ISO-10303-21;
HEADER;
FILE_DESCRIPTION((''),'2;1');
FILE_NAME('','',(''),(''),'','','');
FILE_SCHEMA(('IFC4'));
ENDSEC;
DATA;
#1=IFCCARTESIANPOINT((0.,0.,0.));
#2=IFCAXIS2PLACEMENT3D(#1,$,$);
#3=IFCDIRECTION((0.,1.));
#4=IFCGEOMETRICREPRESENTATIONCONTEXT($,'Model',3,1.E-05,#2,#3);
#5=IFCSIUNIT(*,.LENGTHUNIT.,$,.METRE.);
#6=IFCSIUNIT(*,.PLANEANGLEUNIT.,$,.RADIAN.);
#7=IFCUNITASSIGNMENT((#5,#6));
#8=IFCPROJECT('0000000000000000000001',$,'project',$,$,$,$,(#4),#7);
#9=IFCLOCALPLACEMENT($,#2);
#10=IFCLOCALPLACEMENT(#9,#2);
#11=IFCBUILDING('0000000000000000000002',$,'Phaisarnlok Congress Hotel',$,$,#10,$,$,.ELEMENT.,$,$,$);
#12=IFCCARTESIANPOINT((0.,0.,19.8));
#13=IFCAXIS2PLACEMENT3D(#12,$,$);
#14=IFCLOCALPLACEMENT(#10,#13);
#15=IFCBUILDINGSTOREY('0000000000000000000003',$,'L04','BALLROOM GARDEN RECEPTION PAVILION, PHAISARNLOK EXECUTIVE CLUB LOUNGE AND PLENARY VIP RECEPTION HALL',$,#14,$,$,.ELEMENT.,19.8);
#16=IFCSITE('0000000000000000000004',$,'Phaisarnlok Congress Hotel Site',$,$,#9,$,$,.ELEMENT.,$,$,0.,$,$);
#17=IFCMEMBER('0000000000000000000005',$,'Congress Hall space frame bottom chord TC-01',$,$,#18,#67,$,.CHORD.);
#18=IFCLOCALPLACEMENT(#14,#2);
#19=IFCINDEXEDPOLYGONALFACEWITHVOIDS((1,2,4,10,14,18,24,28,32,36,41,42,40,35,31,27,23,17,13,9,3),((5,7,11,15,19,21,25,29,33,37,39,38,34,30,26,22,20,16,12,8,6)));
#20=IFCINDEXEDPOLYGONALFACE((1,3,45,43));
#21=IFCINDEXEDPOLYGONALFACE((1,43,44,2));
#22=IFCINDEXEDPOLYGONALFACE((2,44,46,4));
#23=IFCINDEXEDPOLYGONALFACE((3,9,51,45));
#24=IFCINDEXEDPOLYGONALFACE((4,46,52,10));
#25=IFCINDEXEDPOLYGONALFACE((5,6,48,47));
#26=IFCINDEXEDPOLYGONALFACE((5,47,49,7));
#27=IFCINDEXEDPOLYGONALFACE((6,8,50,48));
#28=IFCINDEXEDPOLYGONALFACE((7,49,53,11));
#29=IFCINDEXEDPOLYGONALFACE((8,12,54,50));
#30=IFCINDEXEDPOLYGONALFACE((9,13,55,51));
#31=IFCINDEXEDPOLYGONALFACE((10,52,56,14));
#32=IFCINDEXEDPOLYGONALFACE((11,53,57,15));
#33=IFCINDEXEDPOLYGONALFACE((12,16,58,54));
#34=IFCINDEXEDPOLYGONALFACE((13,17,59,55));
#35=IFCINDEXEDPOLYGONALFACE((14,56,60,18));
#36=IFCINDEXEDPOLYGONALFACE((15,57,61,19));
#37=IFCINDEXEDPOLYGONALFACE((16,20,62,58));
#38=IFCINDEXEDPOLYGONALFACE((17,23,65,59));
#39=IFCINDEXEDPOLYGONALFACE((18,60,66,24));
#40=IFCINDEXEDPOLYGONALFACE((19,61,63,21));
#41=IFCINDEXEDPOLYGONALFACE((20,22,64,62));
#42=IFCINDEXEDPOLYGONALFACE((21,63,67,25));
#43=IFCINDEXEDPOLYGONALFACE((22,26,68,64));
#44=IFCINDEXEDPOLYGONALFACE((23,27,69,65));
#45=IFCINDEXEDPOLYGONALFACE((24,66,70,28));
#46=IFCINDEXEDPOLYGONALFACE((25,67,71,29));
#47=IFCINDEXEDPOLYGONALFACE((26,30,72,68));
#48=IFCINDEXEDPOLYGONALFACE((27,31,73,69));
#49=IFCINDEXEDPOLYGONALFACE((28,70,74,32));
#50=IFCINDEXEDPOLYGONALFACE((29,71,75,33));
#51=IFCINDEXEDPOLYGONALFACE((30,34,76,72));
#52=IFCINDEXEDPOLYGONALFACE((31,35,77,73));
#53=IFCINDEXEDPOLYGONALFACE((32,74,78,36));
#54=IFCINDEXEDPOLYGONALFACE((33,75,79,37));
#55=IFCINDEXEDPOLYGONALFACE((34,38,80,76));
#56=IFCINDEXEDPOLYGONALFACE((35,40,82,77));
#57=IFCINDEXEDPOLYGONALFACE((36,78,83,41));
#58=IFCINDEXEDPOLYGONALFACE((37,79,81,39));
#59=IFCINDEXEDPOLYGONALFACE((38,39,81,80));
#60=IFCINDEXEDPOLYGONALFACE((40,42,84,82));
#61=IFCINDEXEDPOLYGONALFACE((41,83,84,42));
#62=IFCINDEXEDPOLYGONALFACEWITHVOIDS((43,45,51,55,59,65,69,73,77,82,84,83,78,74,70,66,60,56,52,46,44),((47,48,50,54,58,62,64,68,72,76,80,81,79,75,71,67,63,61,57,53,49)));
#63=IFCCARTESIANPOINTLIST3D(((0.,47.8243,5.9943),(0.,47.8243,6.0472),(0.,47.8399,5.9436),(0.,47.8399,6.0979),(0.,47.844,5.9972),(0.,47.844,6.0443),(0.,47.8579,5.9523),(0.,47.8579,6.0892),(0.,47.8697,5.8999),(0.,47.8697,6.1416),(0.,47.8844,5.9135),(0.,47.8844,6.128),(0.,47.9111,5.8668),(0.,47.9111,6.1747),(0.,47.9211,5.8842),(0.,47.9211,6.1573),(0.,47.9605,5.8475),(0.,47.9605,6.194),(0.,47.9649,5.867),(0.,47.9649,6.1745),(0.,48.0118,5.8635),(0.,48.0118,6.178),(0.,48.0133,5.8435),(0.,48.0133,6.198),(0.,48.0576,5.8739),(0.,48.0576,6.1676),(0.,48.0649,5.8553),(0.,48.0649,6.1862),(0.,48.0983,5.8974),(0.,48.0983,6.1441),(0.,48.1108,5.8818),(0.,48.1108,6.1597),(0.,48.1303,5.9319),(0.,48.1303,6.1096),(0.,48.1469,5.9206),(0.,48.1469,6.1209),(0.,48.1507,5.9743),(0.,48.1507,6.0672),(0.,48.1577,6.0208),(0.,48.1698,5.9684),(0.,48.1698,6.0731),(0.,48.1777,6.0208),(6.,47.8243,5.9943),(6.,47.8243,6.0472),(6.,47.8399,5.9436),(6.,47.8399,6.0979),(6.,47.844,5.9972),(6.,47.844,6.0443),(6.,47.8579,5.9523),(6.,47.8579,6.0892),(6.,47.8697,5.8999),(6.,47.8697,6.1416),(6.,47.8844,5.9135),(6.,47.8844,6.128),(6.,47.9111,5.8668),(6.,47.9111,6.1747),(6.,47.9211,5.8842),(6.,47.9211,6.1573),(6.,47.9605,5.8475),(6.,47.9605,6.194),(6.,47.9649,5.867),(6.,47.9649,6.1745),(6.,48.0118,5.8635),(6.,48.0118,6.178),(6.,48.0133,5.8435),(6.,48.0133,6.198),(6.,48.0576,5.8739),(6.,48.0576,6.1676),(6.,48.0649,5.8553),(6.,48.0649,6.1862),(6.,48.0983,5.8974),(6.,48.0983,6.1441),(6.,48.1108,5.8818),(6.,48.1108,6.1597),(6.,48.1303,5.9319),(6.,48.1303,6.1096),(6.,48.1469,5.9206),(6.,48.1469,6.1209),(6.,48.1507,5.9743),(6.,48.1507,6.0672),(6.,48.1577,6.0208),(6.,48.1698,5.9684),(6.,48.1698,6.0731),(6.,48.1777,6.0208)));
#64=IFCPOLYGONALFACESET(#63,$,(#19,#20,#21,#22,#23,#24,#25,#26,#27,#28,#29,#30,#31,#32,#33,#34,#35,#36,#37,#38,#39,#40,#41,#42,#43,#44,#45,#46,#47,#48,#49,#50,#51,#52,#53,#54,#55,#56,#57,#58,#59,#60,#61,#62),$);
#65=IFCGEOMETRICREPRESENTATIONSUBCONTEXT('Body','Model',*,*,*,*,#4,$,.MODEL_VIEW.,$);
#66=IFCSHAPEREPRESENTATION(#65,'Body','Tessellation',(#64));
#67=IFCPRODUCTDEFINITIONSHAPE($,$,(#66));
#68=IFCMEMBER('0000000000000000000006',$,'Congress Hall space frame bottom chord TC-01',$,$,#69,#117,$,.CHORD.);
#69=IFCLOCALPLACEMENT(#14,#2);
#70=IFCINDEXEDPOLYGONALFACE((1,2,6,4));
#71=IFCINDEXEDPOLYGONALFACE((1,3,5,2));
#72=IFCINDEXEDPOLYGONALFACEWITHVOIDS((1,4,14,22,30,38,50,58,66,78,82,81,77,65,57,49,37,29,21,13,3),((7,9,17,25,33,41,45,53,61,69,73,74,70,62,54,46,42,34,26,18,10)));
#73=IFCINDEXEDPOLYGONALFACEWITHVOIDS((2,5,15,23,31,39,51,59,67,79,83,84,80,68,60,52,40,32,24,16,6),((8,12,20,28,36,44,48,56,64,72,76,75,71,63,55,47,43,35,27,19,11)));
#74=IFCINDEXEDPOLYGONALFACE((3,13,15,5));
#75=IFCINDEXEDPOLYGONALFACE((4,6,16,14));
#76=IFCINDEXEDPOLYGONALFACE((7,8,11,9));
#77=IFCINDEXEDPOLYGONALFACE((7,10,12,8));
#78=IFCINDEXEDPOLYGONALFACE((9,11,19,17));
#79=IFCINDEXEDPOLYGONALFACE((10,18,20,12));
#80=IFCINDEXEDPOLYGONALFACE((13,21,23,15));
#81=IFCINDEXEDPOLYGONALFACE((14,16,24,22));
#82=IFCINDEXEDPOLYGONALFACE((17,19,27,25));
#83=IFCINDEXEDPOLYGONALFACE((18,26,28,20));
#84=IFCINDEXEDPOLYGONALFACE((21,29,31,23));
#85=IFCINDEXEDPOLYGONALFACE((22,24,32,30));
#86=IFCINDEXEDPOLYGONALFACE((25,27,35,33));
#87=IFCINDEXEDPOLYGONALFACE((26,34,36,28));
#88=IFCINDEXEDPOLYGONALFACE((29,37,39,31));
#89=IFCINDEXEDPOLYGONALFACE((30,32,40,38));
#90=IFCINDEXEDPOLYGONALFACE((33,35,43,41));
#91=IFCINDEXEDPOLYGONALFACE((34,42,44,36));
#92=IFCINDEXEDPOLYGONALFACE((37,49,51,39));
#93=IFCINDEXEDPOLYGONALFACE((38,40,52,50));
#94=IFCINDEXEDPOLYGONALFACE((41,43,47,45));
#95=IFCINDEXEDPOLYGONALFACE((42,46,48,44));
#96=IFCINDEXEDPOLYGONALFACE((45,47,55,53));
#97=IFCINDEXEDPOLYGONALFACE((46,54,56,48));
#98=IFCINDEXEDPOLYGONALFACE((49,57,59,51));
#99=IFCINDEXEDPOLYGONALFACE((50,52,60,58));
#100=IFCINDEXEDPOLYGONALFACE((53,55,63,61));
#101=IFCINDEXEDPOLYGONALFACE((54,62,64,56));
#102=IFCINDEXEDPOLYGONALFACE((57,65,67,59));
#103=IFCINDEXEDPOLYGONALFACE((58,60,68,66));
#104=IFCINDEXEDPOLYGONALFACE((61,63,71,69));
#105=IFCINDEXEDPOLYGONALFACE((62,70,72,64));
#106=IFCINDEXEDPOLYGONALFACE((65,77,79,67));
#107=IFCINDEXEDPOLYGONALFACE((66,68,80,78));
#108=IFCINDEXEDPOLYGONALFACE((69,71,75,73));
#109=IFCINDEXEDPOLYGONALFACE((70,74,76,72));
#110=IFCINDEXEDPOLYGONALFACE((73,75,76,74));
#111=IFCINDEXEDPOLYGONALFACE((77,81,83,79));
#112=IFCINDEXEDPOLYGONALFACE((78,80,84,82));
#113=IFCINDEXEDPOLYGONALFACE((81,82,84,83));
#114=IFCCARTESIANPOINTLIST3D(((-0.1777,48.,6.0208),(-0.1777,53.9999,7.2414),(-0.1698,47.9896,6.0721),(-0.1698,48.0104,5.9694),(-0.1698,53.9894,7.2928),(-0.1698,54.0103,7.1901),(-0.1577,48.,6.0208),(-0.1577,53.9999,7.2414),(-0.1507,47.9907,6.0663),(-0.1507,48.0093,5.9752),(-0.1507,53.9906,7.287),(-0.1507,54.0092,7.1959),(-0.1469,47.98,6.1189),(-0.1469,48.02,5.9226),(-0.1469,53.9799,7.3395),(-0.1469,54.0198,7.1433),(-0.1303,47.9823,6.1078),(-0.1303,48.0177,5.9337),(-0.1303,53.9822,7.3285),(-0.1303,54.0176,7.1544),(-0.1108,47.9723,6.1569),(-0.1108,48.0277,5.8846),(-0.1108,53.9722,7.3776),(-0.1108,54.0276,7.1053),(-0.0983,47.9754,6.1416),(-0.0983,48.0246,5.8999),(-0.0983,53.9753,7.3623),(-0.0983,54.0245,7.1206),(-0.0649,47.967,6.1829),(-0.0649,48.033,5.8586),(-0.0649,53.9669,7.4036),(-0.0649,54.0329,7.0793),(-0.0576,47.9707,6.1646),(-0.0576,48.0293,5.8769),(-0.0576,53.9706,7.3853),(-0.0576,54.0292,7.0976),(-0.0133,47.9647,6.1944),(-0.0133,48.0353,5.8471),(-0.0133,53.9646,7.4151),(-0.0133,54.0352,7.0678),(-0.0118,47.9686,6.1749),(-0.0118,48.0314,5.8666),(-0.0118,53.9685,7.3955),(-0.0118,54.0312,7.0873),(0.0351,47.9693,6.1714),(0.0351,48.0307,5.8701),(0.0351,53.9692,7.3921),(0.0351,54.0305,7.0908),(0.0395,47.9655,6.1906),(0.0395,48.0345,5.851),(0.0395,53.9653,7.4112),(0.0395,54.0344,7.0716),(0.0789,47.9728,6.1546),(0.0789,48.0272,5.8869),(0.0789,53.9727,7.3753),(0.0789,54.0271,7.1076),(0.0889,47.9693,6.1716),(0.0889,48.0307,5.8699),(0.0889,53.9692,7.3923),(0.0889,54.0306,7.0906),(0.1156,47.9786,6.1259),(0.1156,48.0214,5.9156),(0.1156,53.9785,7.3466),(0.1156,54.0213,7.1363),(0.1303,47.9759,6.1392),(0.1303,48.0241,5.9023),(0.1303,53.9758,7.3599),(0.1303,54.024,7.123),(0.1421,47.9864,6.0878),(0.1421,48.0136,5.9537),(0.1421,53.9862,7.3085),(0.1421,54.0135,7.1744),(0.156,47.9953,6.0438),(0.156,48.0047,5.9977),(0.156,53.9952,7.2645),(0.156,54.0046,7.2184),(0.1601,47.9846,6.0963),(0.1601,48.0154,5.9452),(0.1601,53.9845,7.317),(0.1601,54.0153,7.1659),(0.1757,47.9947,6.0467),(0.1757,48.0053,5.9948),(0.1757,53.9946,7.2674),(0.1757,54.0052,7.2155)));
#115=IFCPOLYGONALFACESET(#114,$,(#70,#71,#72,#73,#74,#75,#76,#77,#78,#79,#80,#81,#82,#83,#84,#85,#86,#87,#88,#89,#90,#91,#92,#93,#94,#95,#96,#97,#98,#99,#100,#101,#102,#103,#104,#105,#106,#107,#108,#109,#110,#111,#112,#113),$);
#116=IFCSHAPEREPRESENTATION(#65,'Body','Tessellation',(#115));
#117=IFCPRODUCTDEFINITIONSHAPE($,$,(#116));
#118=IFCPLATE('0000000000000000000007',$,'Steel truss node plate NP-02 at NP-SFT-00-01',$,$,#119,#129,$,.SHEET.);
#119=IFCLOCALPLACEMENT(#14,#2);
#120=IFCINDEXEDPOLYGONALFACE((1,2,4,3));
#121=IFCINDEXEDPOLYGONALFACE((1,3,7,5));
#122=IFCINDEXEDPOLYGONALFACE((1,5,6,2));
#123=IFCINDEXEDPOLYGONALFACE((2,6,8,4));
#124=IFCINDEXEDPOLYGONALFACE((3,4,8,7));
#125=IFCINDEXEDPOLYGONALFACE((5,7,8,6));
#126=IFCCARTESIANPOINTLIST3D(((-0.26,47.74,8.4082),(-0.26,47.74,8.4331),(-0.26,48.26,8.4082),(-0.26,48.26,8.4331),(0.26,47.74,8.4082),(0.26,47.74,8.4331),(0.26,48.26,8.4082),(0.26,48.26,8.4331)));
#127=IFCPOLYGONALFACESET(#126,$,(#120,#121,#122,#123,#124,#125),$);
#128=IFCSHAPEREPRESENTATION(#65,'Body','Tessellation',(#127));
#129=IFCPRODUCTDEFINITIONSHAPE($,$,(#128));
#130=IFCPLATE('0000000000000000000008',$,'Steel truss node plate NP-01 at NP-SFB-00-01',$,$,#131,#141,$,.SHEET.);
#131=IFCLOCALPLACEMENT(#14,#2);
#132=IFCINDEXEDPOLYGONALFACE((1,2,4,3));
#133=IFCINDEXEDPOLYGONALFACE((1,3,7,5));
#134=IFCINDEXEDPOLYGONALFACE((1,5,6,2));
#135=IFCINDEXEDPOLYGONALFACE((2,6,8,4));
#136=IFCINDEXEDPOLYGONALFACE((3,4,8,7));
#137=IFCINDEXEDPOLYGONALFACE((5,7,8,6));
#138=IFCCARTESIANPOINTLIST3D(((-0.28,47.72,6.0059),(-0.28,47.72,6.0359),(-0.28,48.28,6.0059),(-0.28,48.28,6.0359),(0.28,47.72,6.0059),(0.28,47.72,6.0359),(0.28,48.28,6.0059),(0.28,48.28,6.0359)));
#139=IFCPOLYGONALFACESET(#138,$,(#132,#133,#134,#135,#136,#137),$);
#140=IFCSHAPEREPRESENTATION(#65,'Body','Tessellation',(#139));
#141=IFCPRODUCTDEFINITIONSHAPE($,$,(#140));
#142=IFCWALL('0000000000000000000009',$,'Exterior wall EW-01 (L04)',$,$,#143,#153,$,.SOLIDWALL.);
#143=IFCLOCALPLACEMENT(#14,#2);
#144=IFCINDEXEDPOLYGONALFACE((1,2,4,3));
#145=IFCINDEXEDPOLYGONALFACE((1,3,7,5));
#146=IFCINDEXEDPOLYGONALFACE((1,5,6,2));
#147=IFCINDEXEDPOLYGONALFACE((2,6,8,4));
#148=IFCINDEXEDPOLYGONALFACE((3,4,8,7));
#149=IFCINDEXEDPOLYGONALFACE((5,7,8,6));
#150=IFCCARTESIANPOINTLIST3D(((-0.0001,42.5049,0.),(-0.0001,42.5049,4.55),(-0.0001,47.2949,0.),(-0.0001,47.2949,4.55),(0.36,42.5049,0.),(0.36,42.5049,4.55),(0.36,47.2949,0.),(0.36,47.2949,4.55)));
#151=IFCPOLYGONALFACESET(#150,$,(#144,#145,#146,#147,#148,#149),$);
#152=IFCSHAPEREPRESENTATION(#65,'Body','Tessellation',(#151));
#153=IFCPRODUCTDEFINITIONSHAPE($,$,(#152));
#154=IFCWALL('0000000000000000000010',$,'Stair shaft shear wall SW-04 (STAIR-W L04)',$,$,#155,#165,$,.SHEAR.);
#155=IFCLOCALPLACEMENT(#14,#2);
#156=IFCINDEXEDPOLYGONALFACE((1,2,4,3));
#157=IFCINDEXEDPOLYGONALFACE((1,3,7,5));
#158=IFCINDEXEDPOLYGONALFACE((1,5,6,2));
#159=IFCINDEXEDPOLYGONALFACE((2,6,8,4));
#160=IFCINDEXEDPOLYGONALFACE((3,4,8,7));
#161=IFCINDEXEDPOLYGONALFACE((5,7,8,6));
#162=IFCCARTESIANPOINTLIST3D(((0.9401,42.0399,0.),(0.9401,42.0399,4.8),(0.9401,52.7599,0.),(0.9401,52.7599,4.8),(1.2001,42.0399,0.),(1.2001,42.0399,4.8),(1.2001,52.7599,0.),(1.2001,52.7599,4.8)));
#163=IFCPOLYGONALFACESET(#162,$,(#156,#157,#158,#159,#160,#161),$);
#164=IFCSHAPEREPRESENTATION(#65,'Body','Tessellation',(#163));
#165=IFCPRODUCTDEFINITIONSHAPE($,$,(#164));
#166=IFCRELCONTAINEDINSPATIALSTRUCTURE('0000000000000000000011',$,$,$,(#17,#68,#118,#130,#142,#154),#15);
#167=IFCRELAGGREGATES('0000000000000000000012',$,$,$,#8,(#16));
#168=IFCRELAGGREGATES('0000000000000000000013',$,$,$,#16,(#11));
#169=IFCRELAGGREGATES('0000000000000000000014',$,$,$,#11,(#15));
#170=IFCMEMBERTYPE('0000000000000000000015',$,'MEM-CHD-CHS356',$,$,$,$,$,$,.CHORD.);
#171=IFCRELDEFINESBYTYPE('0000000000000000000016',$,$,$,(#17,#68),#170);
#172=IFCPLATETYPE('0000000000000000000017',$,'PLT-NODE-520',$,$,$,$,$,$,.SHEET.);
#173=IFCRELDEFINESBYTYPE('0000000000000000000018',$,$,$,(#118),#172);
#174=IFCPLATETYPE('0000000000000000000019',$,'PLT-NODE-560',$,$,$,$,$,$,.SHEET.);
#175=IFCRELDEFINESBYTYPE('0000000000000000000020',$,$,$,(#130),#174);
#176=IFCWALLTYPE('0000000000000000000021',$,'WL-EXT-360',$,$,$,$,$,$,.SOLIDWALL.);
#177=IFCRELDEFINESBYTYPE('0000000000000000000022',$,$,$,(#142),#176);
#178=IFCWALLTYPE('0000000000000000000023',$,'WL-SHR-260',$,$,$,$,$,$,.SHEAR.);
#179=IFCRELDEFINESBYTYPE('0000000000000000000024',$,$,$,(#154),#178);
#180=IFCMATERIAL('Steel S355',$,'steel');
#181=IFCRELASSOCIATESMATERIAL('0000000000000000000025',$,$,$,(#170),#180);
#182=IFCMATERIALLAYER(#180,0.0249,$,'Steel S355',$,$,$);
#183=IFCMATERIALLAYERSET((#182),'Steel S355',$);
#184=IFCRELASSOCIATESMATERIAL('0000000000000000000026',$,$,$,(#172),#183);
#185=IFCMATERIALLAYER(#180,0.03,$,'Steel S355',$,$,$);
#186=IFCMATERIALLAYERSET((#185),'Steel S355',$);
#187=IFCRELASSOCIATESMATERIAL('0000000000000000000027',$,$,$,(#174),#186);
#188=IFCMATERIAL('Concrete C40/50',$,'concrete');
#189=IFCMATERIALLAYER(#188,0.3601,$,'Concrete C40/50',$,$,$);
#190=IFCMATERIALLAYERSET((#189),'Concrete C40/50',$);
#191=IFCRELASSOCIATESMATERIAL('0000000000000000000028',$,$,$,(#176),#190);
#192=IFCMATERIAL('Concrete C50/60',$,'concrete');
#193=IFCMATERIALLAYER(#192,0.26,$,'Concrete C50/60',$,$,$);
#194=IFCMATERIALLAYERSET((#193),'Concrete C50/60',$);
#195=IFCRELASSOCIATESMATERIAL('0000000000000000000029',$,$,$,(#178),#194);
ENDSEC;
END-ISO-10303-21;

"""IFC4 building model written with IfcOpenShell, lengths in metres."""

from ifc_helpers import new_model, si_unit, direction, frame, frame_2d, origin, origin_2d, place, context, subcontext, project, spatial, rectangle, hollow_circle, extrude, material, layer, layer_set, material_profile, profile_set, type_object, element, save


model = new_model("IFC4")

# Units and contexts
model_context = context("Model", 3, precision=1e-05, world=origin(), true_north=direction((0.0, 1.0)))
body_context = subcontext(model_context, "Body", "Model", "MODEL_VIEW")
ifc_project = project(units=[si_unit("LENGTHUNIT", "METRE"), si_unit("PLANEANGLEUNIT", "RADIAN")], contexts=[model_context])

# Site, building, storey
site_placement = place(None, origin())
site = spatial("IfcSite", under=ifc_project, at=site_placement, Name="Phaisarnlok Congress Hotel Site", CompositionType="ELEMENT", RefElevation=0.0)
building_placement = place(site_placement, origin())
building = spatial("IfcBuilding", under=site, at=building_placement, Name="Phaisarnlok Congress Hotel", CompositionType="ELEMENT")
storey_placement = place(building_placement, frame((0.0, 0.0, 19.8)))
storey = spatial("IfcBuildingStorey", under=building, at=storey_placement, Name="L04", Description="BALLROOM GARDEN RECEPTION PAVILION, PHAISARNLOK EXECUTIVE CLUB LOUNGE AND PLENARY VIP RECEPTION HALL", CompositionType="ELEMENT", Elevation=19.8)

# Shared definitions
ifc_material_1 = material(Name="Concrete C50/60", Category="concrete")
ifc_material_2 = material(Name="Steel S355", Category="steel")

# Members
ifc_material_profile_1 = material_profile(ifc_material_2, hollow_circle(Radius=0.1777, WallThickness=0.02, at=origin_2d()), Name="CHS 355.6x20")
ifc_profile_set_1 = profile_set([ifc_material_profile_1], Name="Steel S355")
member_type_1 = type_object("IfcMemberType", Name="MEM-CHD-CHS356", PredefinedType="CHORD", material=ifc_profile_set_1)
member_1_placement = place(storey_placement, frame((0.0, 48.0, 6.0208), z_axis=(1.0, 0.0, 0.0), x_axis=(0.0, 1.0, 0.0)))
element("IfcMember", 1, at=member_1_placement, inside=storey, type_object=member_type_1, Name="Congress Hall space frame bottom chord TC-01", PredefinedType="CHORD", context=body_context, shape_type="SweptSolid", body=[
    extrude(hollow_circle(Radius=0.1777, WallThickness=0.02, at=origin_2d()), origin(), (0.0, 0.0, 1.0), 6.0),
])
member_2_placement = place(storey_placement, frame((0.0, 48.0, 6.0208), z_axis=(0.0, 0.979925, 0.199366), x_axis=(-1.0, 0.0, 0.0)))
element("IfcMember", 2, at=member_2_placement, inside=storey, type_object=member_type_1, Name="Congress Hall space frame bottom chord TC-01", PredefinedType="CHORD", context=body_context, shape_type="SweptSolid", body=[
    extrude(hollow_circle(Radius=0.1777, WallThickness=0.02, at=origin_2d()), origin(), (0.0, 0.0, 1.0), 6.1228),
])

# Plates
ifc_layer_1 = layer(ifc_material_2, 0.0249, Name="Steel S355")
ifc_layer_set_1 = layer_set([ifc_layer_1], Name="Steel S355")
plate_type_1 = type_object("IfcPlateType", Name="PLT-NODE-520", PredefinedType="SHEET", material=ifc_layer_set_1)
plate_1_placement = place(storey_placement, frame((0.0, 48.0, 8.4082), z_axis=(0.0, 0.0, 1.0), x_axis=(1.0, 0.0, 0.0)))
element("IfcPlate", 3, at=plate_1_placement, inside=storey, type_object=plate_type_1, Name="Steel truss node plate NP-02 at NP-SFT-00-01", PredefinedType="SHEET", context=body_context, shape_type="SweptSolid", body=[
    extrude(rectangle(XDim=0.52, YDim=0.52, at=origin_2d()), origin(), (0.0, 0.0, 1.0), 0.0249),
])
ifc_layer_2 = layer(ifc_material_2, 0.03, Name="Steel S355")
ifc_layer_set_2 = layer_set([ifc_layer_2], Name="Steel S355")
plate_type_2 = type_object("IfcPlateType", Name="PLT-NODE-560", PredefinedType="SHEET", material=ifc_layer_set_2)
plate_2_placement = place(storey_placement, frame((0.0, 48.0, 6.0059), z_axis=(0.0, 0.0, 1.0), x_axis=(1.0, 0.0, 0.0)))
element("IfcPlate", 4, at=plate_2_placement, inside=storey, type_object=plate_type_2, Name="Steel truss node plate NP-01 at NP-SFB-00-01", PredefinedType="SHEET", context=body_context, shape_type="SweptSolid", body=[
    extrude(rectangle(XDim=0.5601, YDim=0.5601, at=origin_2d()), origin(), (0.0, 0.0, 1.0), 0.03),
])

# Walls
ifc_material_3 = material(Name="Concrete C40/50", Category="concrete")
ifc_layer_3 = layer(ifc_material_3, 0.3601, Name="Concrete C40/50")
ifc_layer_set_3 = layer_set([ifc_layer_3], Name="Concrete C40/50")
wall_type_1 = type_object("IfcWallType", Name="WL-EXT-360", PredefinedType="SOLIDWALL", material=ifc_layer_set_3)
wall_1_placement = place(storey_placement, frame((0.1799, 47.2949, 0.0), z_axis=(0.0, 0.0, 1.0), x_axis=(0.0, -1.0, 0.0)))
element("IfcWall", 5, at=wall_1_placement, inside=storey, type_object=wall_type_1, Name="Exterior wall EW-01 (L04)", PredefinedType="SOLIDWALL", context=body_context, shape_type="SweptSolid", body=[
    extrude(rectangle(XDim=4.79, YDim=0.3601, at=frame_2d((2.395, 0.0))), origin(), (0.0, 0.0, 1.0), 4.55),
])
ifc_layer_4 = layer(ifc_material_1, 0.26, Name="Concrete C50/60")
ifc_layer_set_4 = layer_set([ifc_layer_4], Name="Concrete C50/60")
wall_type_2 = type_object("IfcWallType", Name="WL-SHR-260", PredefinedType="SHEAR", material=ifc_layer_set_4)
wall_2_placement = place(storey_placement, frame((1.0701, 42.04, 0.0), z_axis=(0.0, 0.0, 1.0), x_axis=(0.0, 1.0, 0.0)))
element("IfcWall", 6, at=wall_2_placement, inside=storey, type_object=wall_type_2, Name="Stair shaft shear wall SW-04 (STAIR-W L04)", PredefinedType="SHEAR", context=body_context, shape_type="SweptSolid", body=[
    extrude(rectangle(XDim=10.72, YDim=0.26, at=frame_2d((5.3599, 0.0))), origin(), (0.0, 0.0, 1.0), 4.8),
])

save(model, "model.ifc")
